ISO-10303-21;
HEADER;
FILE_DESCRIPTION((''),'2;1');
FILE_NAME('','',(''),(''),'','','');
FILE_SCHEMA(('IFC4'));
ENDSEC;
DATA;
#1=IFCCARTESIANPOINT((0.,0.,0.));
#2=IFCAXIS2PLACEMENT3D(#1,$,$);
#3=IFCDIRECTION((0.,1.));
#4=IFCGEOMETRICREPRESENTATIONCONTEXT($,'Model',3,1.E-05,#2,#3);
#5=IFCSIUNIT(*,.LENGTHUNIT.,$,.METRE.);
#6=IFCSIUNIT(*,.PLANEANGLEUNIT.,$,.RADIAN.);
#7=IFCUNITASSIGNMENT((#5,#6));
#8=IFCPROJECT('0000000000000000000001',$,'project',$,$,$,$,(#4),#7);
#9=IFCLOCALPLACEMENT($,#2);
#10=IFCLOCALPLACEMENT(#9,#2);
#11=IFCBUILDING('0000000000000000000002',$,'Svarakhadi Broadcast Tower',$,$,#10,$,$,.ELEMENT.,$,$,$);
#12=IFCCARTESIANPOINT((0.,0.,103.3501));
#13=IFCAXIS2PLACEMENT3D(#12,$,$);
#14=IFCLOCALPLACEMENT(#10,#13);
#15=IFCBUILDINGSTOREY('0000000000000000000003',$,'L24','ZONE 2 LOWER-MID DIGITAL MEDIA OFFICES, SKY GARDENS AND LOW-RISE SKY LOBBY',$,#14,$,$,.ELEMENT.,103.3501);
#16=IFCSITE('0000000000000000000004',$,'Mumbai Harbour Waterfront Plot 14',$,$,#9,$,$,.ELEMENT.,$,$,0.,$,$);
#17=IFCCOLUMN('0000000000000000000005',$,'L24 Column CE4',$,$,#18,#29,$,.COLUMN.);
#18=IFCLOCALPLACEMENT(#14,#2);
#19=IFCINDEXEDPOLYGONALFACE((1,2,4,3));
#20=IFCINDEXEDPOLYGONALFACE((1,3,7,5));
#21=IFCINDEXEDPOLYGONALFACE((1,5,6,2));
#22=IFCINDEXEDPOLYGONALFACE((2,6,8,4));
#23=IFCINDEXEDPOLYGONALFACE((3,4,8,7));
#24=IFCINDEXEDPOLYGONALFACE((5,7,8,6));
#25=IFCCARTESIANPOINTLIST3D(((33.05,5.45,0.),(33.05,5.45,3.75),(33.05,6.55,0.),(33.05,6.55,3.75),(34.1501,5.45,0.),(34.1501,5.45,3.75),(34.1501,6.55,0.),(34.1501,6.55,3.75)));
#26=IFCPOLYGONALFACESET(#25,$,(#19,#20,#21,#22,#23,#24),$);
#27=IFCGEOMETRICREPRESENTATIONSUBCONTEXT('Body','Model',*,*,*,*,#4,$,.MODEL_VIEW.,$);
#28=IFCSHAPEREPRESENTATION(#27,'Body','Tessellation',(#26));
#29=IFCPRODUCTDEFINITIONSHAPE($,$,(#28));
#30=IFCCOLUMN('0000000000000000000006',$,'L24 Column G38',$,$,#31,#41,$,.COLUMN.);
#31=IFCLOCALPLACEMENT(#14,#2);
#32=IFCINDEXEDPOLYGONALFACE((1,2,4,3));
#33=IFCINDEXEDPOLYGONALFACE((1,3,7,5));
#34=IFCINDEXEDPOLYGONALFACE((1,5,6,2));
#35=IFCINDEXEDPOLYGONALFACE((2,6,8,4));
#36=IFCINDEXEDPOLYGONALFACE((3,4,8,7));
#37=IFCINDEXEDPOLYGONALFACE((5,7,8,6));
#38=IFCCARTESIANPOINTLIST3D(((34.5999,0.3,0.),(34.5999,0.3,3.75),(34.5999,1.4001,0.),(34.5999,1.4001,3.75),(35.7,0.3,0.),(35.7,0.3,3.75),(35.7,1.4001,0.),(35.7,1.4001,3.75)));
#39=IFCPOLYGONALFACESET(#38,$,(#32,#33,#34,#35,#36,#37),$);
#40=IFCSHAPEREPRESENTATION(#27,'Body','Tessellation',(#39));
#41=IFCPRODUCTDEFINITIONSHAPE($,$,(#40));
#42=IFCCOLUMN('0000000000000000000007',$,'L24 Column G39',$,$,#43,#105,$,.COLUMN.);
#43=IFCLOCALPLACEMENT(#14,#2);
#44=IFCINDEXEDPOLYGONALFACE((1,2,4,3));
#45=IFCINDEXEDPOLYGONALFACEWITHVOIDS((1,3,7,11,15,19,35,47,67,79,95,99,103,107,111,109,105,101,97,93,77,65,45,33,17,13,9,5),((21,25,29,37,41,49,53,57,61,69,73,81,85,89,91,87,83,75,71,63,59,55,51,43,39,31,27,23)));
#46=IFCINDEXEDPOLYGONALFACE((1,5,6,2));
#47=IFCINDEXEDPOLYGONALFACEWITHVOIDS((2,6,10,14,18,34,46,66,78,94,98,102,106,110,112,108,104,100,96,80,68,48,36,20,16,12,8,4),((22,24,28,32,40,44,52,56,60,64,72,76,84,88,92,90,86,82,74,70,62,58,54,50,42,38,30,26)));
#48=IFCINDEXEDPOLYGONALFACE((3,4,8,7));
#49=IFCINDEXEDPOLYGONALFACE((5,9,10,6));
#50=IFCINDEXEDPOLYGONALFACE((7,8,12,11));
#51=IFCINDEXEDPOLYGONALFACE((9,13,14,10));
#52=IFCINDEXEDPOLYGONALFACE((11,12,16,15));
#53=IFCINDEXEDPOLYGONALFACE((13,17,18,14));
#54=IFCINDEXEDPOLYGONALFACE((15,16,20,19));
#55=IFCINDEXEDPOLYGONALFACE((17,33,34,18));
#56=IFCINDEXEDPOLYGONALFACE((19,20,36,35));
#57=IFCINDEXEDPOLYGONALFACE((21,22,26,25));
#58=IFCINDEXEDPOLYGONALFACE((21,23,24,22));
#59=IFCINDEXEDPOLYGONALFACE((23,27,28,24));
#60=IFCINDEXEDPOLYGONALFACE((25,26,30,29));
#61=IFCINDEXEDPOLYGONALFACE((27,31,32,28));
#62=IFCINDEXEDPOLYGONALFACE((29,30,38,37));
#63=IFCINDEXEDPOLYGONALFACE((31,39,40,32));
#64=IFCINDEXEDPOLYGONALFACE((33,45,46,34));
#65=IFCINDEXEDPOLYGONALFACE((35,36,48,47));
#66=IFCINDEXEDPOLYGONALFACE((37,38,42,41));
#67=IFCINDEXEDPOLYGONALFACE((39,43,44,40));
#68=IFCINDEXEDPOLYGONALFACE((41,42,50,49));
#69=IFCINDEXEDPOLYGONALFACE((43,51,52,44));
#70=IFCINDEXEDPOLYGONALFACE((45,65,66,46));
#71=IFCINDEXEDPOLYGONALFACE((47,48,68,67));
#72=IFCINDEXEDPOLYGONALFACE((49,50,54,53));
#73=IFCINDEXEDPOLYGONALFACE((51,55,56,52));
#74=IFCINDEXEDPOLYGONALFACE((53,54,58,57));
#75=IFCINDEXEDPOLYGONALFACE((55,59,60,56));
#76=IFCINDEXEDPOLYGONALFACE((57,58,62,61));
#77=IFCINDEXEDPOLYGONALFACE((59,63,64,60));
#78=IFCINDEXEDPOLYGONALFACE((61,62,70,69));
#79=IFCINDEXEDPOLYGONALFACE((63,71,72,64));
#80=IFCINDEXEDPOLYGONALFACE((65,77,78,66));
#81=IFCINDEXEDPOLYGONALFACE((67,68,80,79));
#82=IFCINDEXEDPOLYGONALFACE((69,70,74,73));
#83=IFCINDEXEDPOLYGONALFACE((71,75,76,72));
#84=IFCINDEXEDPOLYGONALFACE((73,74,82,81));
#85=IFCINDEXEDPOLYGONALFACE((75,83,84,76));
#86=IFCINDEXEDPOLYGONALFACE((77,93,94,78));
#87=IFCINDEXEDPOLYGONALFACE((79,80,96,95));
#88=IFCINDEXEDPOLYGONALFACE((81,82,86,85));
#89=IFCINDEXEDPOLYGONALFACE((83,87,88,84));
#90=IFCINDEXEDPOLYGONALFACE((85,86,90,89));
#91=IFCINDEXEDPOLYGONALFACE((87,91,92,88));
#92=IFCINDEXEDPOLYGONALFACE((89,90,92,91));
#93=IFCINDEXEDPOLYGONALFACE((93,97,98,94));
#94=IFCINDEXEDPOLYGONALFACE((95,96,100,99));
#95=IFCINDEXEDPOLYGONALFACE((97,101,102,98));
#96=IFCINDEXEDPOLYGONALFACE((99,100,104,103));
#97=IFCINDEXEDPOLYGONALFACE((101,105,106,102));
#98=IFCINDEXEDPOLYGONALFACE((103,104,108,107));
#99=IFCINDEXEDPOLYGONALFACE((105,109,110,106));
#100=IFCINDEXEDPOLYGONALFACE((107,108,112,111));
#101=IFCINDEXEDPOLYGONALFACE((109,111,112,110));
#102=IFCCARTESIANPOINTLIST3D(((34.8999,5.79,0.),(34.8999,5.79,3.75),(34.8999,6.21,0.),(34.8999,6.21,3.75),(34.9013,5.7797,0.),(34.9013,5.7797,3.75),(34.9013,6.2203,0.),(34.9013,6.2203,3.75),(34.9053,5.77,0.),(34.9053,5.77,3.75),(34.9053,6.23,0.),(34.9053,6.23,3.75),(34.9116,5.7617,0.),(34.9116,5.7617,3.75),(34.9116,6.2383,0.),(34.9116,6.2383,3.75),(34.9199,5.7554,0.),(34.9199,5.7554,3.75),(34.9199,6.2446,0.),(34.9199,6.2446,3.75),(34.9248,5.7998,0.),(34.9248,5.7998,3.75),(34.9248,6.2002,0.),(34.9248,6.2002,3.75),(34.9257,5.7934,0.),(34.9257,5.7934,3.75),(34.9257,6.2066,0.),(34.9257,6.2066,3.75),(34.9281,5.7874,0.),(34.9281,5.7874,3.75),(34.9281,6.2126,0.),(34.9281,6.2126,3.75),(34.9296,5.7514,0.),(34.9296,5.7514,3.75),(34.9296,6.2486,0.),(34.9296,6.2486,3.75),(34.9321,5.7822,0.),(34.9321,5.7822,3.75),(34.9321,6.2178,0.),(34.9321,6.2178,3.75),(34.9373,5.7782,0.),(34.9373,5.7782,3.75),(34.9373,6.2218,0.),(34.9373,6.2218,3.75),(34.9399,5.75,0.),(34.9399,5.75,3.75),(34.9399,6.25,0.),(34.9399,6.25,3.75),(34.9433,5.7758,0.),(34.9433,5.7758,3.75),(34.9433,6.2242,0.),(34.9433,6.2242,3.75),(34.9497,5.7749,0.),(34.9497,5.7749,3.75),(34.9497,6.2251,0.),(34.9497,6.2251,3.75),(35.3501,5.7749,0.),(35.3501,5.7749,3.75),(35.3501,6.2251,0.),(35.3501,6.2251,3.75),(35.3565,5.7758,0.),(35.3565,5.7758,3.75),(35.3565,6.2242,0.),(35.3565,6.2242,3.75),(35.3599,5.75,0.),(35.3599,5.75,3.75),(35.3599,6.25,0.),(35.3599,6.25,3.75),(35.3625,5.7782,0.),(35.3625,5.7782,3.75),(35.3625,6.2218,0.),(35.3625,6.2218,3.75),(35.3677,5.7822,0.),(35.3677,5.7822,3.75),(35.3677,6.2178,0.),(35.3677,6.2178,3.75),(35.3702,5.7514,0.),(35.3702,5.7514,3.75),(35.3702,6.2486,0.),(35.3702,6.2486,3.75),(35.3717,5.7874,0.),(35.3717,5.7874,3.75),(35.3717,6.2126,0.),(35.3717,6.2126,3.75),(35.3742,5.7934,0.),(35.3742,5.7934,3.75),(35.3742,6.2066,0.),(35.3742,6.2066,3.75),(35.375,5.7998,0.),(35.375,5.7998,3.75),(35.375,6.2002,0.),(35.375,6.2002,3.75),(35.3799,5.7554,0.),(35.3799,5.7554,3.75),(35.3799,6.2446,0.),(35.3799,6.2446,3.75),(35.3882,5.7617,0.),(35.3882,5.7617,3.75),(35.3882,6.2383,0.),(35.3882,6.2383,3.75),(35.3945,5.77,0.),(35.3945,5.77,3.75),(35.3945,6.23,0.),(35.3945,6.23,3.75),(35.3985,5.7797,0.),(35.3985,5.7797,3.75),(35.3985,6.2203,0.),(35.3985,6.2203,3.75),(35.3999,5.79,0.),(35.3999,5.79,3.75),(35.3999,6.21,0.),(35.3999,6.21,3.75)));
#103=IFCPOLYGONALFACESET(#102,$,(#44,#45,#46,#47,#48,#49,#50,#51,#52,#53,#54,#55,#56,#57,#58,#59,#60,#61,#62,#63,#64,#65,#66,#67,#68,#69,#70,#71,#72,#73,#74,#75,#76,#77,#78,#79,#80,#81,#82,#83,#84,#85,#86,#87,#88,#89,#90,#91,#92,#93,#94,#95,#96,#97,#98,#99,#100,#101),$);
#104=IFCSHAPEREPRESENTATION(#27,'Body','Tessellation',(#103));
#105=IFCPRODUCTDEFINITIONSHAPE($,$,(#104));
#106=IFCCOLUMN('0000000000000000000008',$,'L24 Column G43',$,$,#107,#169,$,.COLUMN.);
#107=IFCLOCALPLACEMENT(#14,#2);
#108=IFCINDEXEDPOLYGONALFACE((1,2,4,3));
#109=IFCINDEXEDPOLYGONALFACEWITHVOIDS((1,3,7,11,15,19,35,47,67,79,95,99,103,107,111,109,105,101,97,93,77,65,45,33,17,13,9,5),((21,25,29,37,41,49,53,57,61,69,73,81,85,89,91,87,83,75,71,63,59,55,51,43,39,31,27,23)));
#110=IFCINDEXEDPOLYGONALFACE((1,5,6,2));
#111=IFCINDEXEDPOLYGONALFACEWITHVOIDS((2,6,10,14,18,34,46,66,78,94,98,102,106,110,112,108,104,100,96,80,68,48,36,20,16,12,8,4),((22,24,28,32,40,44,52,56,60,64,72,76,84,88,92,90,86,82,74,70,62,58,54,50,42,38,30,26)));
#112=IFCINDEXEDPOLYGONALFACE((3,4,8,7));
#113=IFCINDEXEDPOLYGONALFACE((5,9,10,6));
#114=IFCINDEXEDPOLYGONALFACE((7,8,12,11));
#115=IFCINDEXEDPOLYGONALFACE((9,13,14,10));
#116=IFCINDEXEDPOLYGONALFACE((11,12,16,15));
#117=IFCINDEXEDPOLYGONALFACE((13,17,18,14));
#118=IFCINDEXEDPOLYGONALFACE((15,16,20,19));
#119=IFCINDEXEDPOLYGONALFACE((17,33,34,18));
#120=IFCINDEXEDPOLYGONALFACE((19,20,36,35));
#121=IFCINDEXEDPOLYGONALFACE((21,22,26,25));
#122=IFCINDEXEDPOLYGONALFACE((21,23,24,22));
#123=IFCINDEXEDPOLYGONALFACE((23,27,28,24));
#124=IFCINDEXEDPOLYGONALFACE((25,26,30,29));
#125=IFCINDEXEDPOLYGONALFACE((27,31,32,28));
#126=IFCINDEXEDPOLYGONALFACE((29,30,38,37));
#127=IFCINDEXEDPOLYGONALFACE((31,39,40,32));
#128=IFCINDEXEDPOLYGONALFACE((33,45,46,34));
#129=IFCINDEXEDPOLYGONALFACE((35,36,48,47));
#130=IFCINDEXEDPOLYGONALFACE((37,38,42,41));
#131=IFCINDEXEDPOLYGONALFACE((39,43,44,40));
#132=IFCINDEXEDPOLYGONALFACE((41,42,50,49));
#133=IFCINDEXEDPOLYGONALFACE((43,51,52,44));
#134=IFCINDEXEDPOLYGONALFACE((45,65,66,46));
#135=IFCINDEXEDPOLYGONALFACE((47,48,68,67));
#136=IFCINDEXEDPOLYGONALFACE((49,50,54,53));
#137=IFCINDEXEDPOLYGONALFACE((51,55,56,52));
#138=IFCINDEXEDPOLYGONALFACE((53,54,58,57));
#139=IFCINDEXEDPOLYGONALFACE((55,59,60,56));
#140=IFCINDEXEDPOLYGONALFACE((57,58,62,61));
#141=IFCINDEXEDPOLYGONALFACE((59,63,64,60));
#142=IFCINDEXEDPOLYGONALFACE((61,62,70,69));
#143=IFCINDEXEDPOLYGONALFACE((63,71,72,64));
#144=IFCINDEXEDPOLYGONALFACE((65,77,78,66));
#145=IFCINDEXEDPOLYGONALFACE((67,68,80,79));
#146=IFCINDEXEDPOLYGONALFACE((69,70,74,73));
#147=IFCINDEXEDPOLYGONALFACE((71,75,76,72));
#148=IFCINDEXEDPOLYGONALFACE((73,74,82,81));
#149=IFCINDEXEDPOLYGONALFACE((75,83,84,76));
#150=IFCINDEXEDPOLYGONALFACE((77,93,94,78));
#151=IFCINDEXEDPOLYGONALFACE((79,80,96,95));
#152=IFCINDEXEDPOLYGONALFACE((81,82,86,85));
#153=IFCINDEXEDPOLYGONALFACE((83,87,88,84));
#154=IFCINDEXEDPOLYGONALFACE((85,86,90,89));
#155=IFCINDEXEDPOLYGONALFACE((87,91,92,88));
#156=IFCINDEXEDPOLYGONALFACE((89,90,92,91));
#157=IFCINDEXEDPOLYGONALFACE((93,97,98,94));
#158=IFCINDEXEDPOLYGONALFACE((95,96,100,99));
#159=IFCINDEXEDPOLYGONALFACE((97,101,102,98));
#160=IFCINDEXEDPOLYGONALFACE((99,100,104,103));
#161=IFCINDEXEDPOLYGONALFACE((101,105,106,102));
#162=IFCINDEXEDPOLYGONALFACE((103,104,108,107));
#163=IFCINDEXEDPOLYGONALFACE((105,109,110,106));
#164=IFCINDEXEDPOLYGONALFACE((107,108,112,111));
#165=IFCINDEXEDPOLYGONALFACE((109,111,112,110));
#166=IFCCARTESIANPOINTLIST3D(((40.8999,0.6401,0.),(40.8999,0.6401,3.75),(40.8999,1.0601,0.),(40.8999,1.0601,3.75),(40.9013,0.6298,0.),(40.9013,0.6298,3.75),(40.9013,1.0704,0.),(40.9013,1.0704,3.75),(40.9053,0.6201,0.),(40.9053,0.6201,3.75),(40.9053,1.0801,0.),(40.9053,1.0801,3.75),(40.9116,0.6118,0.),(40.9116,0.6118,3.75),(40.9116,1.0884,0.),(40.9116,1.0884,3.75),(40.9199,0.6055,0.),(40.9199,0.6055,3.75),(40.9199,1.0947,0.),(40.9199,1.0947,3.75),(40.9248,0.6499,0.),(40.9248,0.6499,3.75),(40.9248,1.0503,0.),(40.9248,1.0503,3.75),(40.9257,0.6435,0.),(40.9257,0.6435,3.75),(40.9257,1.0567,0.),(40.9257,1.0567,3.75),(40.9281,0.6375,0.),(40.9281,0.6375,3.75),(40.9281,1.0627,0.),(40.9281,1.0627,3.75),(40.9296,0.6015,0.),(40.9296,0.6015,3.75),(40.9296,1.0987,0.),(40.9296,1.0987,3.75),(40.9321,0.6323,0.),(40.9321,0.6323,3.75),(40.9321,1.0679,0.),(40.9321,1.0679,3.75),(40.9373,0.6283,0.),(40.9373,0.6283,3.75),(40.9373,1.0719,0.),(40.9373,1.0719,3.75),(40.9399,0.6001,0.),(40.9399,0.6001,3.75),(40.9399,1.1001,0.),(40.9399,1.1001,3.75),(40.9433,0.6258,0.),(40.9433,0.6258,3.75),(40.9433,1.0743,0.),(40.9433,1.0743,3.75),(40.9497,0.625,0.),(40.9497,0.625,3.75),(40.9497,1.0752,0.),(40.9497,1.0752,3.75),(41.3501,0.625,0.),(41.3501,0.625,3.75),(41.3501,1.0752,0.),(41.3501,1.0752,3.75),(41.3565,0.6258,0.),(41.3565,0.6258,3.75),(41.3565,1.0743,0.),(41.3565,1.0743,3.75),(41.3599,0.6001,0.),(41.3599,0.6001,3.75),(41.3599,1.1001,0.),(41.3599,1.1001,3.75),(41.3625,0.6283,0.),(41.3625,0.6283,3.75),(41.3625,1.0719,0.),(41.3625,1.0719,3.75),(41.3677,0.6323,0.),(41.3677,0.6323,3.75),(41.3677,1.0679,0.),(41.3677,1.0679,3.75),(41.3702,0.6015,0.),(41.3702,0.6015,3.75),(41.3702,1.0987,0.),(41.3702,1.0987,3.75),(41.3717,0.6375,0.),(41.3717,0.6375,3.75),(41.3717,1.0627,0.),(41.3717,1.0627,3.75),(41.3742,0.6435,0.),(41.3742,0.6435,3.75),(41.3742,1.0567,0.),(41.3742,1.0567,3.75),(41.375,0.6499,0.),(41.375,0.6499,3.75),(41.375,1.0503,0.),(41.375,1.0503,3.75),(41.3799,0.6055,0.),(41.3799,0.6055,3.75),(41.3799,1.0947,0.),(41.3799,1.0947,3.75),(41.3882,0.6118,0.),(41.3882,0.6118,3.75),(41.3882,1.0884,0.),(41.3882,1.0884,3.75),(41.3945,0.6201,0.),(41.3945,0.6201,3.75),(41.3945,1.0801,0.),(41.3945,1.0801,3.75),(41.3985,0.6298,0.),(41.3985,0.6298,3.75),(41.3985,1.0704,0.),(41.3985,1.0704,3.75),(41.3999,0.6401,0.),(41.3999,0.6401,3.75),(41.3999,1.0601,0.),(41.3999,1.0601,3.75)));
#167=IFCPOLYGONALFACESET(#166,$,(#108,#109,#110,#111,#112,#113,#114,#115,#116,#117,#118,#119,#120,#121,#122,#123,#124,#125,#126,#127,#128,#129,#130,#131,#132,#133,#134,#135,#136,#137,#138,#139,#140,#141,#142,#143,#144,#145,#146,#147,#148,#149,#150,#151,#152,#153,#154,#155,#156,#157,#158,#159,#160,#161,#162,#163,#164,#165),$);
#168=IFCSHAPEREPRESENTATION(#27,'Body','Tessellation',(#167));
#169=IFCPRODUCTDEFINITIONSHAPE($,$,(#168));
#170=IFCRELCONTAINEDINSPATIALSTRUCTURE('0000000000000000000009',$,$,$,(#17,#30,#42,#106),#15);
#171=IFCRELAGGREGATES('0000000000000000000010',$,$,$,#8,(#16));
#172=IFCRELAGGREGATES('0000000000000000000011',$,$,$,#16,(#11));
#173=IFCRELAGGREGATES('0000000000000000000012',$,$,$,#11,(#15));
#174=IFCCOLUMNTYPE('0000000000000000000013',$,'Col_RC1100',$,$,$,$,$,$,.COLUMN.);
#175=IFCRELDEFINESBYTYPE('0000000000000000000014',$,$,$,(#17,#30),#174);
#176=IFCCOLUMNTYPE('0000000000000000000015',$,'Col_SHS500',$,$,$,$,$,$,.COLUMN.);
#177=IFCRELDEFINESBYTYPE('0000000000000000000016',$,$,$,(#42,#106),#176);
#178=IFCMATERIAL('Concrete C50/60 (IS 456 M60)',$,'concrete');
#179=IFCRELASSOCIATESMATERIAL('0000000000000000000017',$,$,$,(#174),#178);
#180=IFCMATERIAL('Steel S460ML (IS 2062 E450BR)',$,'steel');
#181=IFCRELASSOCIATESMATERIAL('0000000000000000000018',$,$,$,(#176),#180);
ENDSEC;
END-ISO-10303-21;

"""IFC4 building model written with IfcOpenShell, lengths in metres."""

from ifc_helpers import new_model, si_unit, direction, frame, origin, origin_2d, place, context, subcontext, project, spatial, rectangle, hollow_rectangle, extrude, material, material_profile, profile_set, type_object, element, save


model = new_model("IFC4")

# Units and contexts
model_context = context("Model", 3, precision=1e-05, world=origin(), true_north=direction((0.0, 1.0)))
body_context = subcontext(model_context, "Body", "Model", "MODEL_VIEW")
ifc_project = project(units=[si_unit("LENGTHUNIT", "METRE"), si_unit("PLANEANGLEUNIT", "RADIAN")], contexts=[model_context])

# Site, building, storey
site_placement = place(None, origin())
site = spatial("IfcSite", under=ifc_project, at=site_placement, Name="Mumbai Harbour Waterfront Plot 14", CompositionType="ELEMENT", RefElevation=0.0)
building_placement = place(site_placement, origin())
building = spatial("IfcBuilding", under=site, at=building_placement, Name="Svarakhadi Broadcast Tower", CompositionType="ELEMENT")
storey_placement = place(building_placement, frame((0.0, 0.0, 103.3501)))
storey = spatial("IfcBuildingStorey", under=building, at=storey_placement, Name="L24", Description="ZONE 2 LOWER-MID DIGITAL MEDIA OFFICES, SKY GARDENS AND LOW-RISE SKY LOBBY", CompositionType="ELEMENT", Elevation=103.3501)

# Columns
ifc_material_1 = material(Name="Concrete C50/60 (IS 456 M60)", Category="concrete")
ifc_material_profile_1 = material_profile(ifc_material_1, rectangle(XDim=1.1001, YDim=1.1001, at=origin_2d()), Name="RC 1100x1100")
ifc_profile_set_1 = profile_set([ifc_material_profile_1], Name="Concrete C50/60 (IS 456 M60)")
column_type_1 = type_object("IfcColumnType", Name="Col_RC1100", PredefinedType="COLUMN", material=ifc_profile_set_1)
for number, where, z_axis, x_axis, name in (
    (1, (33.6001, 6.0, 0.0), (0.0, 0.0, 1.0), (1.0, 0.0, 0.0), "L24 Column CE4"),
    (2, (35.1499, 0.8501, 0.0), (0.0, 0.0, 1.0), (1.0, 0.0, 0.0), "L24 Column G38"),
):
    element("IfcColumn", number, at=place(storey_placement, frame(where, z_axis=z_axis, x_axis=x_axis)), inside=storey, type_object=column_type_1, Name=name, PredefinedType="COLUMN", context=body_context, shape_type="SweptSolid", body=[
        extrude(rectangle(XDim=1.1001, YDim=1.1001, at=origin_2d()), origin(), (0.0, 0.0, 1.0), 3.75),
    ])
ifc_material_2 = material(Name="Steel S460ML (IS 2062 E450BR)", Category="steel")
ifc_material_profile_2 = material_profile(ifc_material_2, hollow_rectangle(XDim=0.5, YDim=0.5, WallThickness=0.0249, InnerFilletRadius=0.0249, OuterFilletRadius=0.04, at=origin_2d()), Name="SHS 500x500x25")
ifc_profile_set_2 = profile_set([ifc_material_profile_2], Name="Steel S460ML (IS 2062 E450BR)")
column_type_2 = type_object("IfcColumnType", Name="Col_SHS500", PredefinedType="COLUMN", material=ifc_profile_set_2)
for number, where, z_axis, x_axis, name in (
    (3, (35.1499, 6.0, 0.0), (0.0, 0.0, 1.0), (1.0, 0.0, 0.0), "L24 Column G39"),
    (4, (41.1499, 0.8501, 0.0), (0.0, 0.0, 1.0), (1.0, 0.0, 0.0), "L24 Column G43"),
):
    element("IfcColumn", number, at=place(storey_placement, frame(where, z_axis=z_axis, x_axis=x_axis)), inside=storey, type_object=column_type_2, Name=name, PredefinedType="COLUMN", context=body_context, shape_type="SweptSolid", body=[
        extrude(hollow_rectangle(XDim=0.5, YDim=0.5, WallThickness=0.0249, InnerFilletRadius=0.0249, OuterFilletRadius=0.04, at=origin_2d()), origin(), (0.0, 0.0, 1.0), 3.75),
    ])

save(model, "model.ifc")
